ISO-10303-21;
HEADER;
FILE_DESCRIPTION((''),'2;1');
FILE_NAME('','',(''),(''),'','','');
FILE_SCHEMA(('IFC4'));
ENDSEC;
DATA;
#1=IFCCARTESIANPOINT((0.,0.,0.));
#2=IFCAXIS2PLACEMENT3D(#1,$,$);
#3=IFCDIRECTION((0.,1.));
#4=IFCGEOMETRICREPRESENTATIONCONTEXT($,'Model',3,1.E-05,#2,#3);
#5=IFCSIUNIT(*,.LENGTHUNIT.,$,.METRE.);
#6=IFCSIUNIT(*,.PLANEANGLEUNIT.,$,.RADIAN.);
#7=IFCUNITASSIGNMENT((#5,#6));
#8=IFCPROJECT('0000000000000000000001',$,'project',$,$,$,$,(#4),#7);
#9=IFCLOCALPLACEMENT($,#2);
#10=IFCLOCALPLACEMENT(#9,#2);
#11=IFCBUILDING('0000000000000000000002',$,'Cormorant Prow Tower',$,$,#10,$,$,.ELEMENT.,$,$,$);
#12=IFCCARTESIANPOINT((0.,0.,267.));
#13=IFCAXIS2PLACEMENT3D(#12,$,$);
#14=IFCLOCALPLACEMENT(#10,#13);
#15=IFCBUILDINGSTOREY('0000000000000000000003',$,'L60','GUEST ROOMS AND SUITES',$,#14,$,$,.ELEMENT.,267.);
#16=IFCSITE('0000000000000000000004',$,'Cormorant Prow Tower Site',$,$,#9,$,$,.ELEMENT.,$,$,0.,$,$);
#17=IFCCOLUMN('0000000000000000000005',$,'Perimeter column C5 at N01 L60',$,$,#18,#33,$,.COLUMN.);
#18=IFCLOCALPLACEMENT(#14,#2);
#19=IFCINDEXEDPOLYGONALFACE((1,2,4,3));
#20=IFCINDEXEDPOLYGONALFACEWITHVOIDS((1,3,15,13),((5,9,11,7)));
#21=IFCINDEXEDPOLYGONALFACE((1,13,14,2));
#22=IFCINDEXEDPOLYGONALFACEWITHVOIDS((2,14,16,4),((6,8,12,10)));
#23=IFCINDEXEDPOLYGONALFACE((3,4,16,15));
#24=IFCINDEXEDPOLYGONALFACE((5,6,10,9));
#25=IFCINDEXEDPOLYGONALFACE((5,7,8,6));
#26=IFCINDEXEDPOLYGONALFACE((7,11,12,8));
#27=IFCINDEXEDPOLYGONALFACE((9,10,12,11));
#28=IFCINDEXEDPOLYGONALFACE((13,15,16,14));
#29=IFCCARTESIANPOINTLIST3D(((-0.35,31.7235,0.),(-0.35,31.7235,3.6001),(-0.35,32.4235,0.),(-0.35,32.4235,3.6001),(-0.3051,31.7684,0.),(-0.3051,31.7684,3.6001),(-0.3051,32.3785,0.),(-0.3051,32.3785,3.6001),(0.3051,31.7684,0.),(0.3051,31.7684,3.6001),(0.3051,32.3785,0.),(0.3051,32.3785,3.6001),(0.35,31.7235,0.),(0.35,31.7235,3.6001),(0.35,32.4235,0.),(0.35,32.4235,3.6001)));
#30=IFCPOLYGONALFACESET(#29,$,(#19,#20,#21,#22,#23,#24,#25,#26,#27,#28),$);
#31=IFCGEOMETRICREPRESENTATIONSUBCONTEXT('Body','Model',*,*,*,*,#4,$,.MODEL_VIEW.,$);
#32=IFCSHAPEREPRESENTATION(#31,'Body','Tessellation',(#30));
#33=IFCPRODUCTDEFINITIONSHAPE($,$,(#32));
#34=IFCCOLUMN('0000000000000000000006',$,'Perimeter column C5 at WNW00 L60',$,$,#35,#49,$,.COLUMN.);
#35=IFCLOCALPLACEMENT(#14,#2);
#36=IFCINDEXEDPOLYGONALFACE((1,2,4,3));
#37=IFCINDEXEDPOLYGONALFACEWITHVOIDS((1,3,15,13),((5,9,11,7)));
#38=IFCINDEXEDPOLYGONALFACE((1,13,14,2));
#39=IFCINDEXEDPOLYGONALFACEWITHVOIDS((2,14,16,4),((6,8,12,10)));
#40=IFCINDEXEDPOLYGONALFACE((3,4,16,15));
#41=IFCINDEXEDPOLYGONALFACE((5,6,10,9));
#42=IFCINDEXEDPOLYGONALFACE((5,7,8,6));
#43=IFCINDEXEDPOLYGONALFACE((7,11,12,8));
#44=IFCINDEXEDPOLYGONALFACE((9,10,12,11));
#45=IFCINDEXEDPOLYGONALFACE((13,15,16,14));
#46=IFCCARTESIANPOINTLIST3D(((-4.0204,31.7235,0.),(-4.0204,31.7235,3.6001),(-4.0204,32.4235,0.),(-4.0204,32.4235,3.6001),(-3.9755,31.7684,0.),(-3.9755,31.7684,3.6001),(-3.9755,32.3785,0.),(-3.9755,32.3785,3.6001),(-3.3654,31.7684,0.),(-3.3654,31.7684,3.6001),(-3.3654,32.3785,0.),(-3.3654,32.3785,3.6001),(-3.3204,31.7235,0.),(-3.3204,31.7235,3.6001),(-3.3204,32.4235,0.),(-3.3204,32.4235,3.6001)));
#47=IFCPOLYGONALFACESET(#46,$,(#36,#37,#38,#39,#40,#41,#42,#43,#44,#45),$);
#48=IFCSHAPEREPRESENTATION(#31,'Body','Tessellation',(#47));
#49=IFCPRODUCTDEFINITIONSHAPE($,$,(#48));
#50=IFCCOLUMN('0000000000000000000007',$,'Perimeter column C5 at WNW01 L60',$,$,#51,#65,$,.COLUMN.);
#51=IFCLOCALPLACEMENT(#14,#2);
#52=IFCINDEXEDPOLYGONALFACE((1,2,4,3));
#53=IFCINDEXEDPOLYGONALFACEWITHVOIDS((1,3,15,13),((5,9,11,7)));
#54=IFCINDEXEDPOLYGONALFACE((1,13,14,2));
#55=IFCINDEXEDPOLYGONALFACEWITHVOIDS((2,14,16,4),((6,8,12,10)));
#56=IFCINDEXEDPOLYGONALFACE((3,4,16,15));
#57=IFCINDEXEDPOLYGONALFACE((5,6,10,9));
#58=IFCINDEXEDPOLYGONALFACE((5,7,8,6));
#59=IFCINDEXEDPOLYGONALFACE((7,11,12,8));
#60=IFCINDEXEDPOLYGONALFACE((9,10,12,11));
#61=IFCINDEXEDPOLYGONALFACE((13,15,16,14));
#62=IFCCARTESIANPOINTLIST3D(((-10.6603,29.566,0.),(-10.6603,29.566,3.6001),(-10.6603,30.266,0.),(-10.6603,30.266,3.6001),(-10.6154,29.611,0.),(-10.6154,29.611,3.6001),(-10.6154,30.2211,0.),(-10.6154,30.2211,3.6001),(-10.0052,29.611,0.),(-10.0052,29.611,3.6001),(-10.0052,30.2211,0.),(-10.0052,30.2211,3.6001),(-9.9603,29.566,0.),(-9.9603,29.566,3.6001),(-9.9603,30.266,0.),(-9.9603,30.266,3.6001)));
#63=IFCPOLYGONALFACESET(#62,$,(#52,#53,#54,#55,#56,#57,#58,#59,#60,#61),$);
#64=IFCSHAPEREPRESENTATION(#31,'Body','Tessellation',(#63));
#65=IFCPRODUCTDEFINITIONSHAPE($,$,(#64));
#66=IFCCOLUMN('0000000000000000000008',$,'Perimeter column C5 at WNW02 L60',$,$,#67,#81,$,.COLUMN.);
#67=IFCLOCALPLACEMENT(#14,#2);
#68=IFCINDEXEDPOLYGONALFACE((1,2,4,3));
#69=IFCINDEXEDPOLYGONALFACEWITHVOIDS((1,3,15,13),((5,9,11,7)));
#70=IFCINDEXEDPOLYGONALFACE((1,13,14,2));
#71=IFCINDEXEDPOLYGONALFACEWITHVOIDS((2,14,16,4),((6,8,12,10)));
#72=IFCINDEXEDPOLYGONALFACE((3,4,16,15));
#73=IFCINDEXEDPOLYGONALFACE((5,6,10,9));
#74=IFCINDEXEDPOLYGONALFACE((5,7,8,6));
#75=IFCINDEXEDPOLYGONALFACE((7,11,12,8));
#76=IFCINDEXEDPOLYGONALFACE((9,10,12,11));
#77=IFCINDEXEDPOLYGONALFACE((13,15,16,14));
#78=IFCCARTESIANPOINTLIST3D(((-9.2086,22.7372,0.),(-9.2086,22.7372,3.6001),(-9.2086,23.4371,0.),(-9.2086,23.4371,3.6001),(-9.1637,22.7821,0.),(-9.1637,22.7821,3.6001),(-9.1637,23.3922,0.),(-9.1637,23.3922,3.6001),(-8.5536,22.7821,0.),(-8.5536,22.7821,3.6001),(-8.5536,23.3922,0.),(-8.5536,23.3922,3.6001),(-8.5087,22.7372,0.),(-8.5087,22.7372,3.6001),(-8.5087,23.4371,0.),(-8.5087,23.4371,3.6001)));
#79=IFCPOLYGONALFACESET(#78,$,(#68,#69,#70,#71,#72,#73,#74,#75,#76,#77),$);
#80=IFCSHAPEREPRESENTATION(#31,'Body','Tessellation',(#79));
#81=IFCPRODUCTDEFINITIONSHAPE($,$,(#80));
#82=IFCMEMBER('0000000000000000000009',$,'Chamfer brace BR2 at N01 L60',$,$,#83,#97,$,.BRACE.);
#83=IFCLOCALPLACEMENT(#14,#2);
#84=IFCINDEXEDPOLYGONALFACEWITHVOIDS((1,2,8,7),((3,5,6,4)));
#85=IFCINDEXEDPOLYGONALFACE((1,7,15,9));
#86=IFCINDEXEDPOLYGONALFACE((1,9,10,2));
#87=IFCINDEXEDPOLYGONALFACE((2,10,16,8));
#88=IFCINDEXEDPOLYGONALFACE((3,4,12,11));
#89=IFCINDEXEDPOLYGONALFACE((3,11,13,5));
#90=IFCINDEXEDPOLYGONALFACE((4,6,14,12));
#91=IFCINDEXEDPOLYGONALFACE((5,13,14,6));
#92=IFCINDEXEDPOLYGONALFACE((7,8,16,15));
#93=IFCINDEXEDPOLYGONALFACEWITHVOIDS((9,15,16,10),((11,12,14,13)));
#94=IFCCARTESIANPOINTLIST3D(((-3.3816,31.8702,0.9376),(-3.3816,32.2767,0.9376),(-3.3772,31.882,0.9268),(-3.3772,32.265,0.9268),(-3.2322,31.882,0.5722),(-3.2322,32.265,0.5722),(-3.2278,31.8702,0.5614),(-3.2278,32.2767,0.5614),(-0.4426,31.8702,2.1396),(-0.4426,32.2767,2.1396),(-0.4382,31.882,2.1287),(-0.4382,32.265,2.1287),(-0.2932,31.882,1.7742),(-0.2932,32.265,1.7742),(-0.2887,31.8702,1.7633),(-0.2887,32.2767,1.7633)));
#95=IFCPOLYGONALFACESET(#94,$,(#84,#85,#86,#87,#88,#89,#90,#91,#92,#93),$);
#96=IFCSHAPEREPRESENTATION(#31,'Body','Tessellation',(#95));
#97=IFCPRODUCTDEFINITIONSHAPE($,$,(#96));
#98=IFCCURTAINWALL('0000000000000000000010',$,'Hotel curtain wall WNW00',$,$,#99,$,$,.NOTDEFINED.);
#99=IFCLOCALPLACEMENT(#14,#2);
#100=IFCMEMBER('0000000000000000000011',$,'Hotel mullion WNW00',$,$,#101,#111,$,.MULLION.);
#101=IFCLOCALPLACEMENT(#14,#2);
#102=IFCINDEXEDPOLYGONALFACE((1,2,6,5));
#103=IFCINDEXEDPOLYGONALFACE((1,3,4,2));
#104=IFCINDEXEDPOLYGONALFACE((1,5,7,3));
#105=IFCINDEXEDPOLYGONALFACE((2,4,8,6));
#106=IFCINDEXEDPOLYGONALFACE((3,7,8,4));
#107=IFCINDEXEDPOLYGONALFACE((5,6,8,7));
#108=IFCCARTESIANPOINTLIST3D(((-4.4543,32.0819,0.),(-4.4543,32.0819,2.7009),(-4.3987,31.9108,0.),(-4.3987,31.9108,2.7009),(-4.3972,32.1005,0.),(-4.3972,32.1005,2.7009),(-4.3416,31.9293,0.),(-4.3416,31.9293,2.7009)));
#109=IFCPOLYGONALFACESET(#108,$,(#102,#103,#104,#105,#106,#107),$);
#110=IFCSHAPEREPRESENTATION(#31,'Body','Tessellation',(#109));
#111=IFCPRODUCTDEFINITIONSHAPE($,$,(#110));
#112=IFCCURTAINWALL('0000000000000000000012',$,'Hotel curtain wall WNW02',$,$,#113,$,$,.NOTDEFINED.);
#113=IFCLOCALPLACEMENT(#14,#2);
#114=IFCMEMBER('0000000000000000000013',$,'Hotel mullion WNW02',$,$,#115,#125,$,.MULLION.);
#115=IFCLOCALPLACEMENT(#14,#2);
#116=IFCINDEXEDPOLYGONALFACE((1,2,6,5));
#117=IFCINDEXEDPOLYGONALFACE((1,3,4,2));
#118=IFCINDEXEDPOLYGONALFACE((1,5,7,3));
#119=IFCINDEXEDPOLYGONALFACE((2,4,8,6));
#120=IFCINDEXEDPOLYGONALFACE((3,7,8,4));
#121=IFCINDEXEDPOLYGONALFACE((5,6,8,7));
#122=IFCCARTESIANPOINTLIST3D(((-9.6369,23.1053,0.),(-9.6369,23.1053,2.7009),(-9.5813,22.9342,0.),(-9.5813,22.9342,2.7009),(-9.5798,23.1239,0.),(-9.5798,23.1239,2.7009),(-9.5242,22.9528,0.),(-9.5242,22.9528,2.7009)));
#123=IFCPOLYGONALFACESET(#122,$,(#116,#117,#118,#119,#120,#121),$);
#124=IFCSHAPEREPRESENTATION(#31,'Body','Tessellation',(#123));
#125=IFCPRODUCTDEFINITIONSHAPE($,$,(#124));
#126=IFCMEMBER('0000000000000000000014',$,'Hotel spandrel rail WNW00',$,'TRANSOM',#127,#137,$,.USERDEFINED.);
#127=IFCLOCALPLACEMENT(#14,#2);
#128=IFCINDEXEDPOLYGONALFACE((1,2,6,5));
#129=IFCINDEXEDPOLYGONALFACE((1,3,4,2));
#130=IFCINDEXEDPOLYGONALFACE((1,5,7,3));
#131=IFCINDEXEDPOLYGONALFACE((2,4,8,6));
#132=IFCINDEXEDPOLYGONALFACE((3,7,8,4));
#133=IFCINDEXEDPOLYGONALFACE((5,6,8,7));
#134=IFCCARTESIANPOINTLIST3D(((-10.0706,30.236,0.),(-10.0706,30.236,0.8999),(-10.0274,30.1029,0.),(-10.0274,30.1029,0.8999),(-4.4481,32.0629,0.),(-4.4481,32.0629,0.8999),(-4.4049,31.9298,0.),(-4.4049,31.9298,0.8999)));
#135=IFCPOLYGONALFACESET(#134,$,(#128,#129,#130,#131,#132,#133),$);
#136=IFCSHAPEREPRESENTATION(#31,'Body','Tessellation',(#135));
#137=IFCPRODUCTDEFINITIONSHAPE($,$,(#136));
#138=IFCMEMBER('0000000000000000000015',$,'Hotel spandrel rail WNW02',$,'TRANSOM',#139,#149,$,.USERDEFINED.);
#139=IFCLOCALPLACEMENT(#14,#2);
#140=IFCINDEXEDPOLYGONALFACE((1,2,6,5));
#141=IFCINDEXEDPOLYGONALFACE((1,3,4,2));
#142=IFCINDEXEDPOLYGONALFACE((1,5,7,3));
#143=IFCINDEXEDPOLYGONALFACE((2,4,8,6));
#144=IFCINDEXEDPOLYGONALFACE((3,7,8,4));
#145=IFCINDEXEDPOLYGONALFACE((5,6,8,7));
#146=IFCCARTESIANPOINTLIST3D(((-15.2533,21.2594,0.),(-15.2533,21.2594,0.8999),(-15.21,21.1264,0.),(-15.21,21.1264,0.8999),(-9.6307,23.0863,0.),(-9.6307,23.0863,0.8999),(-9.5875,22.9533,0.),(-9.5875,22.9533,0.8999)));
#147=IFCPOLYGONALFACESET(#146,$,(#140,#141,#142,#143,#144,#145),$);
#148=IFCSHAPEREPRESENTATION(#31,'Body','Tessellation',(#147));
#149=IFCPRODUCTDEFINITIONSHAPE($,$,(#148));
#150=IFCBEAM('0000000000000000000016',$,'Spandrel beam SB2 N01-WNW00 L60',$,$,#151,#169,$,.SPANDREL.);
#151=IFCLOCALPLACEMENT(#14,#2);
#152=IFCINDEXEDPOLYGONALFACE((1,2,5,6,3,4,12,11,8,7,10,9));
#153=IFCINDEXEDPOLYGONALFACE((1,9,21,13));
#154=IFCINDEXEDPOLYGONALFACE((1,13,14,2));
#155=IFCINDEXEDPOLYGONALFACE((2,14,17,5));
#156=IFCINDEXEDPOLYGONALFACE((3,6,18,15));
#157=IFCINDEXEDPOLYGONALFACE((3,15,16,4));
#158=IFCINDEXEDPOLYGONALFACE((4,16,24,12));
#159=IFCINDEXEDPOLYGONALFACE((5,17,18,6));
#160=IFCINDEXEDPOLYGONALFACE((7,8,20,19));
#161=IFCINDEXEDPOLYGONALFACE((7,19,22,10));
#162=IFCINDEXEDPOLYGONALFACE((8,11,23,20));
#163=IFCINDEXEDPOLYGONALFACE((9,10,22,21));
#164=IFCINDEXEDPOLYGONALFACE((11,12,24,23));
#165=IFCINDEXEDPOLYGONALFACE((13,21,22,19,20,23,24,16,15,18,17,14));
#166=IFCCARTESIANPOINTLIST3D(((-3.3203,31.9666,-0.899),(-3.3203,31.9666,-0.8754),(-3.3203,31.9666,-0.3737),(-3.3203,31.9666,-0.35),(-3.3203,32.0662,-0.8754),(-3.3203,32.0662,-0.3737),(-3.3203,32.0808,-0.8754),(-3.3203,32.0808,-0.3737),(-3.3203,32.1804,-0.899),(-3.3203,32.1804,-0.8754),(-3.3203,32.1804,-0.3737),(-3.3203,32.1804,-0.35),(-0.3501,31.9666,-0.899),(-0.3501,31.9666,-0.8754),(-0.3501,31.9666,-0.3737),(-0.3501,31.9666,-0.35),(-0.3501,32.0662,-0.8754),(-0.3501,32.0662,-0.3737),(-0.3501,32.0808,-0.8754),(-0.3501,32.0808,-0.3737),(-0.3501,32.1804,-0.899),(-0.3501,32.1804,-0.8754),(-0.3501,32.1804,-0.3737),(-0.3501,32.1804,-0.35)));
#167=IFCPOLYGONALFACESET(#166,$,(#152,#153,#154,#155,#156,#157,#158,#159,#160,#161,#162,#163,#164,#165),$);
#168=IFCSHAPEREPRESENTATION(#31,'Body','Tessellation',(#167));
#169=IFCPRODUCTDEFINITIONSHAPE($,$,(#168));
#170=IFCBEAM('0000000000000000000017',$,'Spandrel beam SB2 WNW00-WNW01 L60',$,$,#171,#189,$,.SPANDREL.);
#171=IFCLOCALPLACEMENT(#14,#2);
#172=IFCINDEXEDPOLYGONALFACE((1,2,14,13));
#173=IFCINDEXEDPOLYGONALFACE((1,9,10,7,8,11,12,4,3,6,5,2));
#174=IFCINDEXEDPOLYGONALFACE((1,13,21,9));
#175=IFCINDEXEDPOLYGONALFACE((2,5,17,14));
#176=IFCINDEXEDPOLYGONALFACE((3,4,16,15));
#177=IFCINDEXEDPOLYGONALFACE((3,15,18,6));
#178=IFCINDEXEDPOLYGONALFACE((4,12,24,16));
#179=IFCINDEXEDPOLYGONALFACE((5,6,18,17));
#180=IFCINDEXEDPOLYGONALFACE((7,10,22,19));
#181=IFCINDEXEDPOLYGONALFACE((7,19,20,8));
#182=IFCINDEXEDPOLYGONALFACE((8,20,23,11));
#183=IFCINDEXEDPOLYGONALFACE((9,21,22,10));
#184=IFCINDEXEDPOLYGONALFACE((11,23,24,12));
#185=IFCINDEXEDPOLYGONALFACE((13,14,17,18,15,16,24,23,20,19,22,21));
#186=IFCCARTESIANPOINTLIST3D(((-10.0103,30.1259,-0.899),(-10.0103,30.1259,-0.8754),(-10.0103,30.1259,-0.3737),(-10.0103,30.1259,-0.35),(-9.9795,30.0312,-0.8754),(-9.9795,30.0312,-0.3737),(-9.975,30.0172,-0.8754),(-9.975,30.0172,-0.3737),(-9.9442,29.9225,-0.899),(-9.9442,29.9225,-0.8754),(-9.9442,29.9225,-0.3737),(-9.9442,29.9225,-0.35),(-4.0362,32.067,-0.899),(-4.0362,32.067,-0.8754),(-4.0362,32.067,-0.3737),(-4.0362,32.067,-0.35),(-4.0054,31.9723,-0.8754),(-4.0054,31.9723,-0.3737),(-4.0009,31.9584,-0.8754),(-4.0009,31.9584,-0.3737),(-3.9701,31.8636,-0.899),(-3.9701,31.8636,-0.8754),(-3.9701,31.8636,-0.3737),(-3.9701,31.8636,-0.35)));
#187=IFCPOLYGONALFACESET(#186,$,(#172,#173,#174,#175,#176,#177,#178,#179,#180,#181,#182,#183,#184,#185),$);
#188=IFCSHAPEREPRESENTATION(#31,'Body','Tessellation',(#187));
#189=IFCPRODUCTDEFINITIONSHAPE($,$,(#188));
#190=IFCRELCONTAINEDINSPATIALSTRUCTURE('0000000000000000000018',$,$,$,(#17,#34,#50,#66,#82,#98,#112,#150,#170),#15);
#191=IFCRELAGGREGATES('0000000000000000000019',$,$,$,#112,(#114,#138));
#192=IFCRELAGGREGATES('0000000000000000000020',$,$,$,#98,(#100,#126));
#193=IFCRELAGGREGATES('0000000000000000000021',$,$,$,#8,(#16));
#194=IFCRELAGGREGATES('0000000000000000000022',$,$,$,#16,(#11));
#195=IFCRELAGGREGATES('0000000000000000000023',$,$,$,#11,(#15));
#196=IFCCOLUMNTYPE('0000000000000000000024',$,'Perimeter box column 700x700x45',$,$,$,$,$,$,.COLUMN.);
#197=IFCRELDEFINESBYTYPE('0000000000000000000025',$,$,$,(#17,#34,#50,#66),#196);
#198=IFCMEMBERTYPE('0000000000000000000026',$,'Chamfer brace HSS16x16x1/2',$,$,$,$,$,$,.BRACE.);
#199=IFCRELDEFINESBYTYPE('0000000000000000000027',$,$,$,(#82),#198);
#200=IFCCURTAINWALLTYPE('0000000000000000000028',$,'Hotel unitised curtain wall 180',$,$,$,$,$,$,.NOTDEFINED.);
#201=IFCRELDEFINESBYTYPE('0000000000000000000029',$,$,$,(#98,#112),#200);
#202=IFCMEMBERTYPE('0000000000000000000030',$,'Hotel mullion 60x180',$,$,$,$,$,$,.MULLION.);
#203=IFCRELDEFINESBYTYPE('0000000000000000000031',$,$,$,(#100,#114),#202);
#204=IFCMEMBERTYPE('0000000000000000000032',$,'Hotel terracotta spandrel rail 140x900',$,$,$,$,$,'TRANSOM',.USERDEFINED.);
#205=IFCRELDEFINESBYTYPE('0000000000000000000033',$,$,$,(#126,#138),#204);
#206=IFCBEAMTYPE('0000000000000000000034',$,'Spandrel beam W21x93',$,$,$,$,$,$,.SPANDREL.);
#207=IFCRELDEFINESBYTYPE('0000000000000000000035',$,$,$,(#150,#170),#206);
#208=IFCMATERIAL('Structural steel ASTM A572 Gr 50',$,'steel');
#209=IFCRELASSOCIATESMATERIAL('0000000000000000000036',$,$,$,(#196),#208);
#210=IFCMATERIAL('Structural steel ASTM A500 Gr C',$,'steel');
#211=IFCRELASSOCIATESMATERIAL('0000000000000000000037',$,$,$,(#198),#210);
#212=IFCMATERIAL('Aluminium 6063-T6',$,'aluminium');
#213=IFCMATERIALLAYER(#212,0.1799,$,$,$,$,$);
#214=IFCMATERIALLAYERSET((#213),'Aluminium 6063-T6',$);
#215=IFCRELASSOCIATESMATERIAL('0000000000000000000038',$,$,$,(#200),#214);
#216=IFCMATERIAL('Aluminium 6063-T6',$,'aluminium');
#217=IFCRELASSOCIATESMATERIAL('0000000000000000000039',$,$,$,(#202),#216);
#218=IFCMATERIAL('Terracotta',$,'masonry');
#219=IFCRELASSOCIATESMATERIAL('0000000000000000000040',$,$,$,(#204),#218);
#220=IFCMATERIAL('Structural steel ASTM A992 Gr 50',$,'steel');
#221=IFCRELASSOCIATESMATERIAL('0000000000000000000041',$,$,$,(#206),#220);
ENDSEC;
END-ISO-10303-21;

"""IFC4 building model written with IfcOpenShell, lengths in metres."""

from ifc_helpers import new_model, si_unit, direction, frame, origin, origin_2d, place, context, subcontext, project, spatial, rectangle, hollow_rectangle, i_section, extrude, material, layer, layer_set, material_profile, profile_set, type_object, element, aggregate, save


model = new_model("IFC4")

# Units and contexts
model_context = context("Model", 3, precision=1e-05, world=origin(), true_north=direction((0.0, 1.0)))
body_context = subcontext(model_context, "Body", "Model", "MODEL_VIEW")
ifc_project = project(units=[si_unit("LENGTHUNIT", "METRE"), si_unit("PLANEANGLEUNIT", "RADIAN")], contexts=[model_context])

# Site, building, storey
site_placement = place(None, origin())
site = spatial("IfcSite", under=ifc_project, at=site_placement, Name="Cormorant Prow Tower Site", CompositionType="ELEMENT", RefElevation=0.0)
building_placement = place(site_placement, origin())
building = spatial("IfcBuilding", under=site, at=building_placement, Name="Cormorant Prow Tower", CompositionType="ELEMENT")
storey_placement = place(building_placement, frame((0.0, 0.0, 267.0)))
storey = spatial("IfcBuildingStorey", under=building, at=storey_placement, Name="L60", Description="GUEST ROOMS AND SUITES", CompositionType="ELEMENT", Elevation=267.0)

# Columns
ifc_material_1 = material(Name="Structural steel ASTM A572 Gr 50", Category="steel")
ifc_material_profile_1 = material_profile(ifc_material_1, hollow_rectangle(XDim=0.7, YDim=0.7, WallThickness=0.0449, at=origin_2d()), Name="Box 700x700x45")
ifc_profile_set_1 = profile_set([ifc_material_profile_1], Name="Structural steel ASTM A572 Gr 50")
column_type = type_object("IfcColumnType", Name="Perimeter box column 700x700x45", PredefinedType="COLUMN", material=ifc_profile_set_1)
for number, where, z_axis, x_axis, name in (
    (1, (0.0, 32.0735, 0.0), (0.0, 0.0, 1.0), (1.0, 0.0, 0.0), "Perimeter column C5 at N01 L60"),
    (2, (-3.6704, 32.0735, 0.0), (0.0, 0.0, 1.0), (1.0, 0.0, 0.0), "Perimeter column C5 at WNW00 L60"),
    (3, (-10.3103, 29.916, 0.0), (0.0, 0.0, 1.0), (1.0, 0.0, 0.0), "Perimeter column C5 at WNW01 L60"),
    (4, (-8.8586, 23.0872, 0.0), (0.0, 0.0, 1.0), (1.0, 0.0, 0.0), "Perimeter column C5 at WNW02 L60"),
):
    element("IfcColumn", number, at=place(storey_placement, frame(where, z_axis=z_axis, x_axis=x_axis)), inside=storey, type_object=column_type, Name=name, PredefinedType="COLUMN", context=body_context, shape_type="SweptSolid", body=[
        extrude(hollow_rectangle(XDim=0.7, YDim=0.7, WallThickness=0.0449, at=origin_2d()), origin(), (0.0, 0.0, 1.0), 3.6001),
    ])

# Member
ifc_material_2 = material(Name="Structural steel ASTM A500 Gr C", Category="steel")
ifc_material_profile_2 = material_profile(ifc_material_2, hollow_rectangle(XDim=0.4065, YDim=0.4065, WallThickness=0.0117, at=origin_2d()), Name="HSS16x16x1/2")
ifc_profile_set_2 = profile_set([ifc_material_profile_2], Name="Structural steel ASTM A500 Gr C")
member_type_1 = type_object("IfcMemberType", Name="Chamfer brace HSS16x16x1/2", PredefinedType="BRACE", material=ifc_profile_set_2)
member_1_placement = place(storey_placement, frame((-3.3047, 32.0735, 0.7495), z_axis=(0.925591, 0.0, 0.378525), x_axis=(0.0, 1.0, 0.0)))
element("IfcMember", 5, at=member_1_placement, inside=storey, type_object=member_type_1, Name="Chamfer brace BR2 at N01 L60", PredefinedType="BRACE", context=body_context, shape_type="SweptSolid", body=[
    extrude(hollow_rectangle(XDim=0.4065, YDim=0.4065, WallThickness=0.0117, at=origin_2d()), origin(), (0.0, 0.0, 1.0), 3.1753),
])

# Curtain walls, members
ifc_material_3 = material(Name="Aluminium 6063-T6", Category="aluminium")
ifc_layer_1 = layer(ifc_material_3, 0.1799)
ifc_layer_set_1 = layer_set([ifc_layer_1], Name="Aluminium 6063-T6")
curtain_wall_type = type_object("IfcCurtainWallType", Name="Hotel unitised curtain wall 180", PredefinedType="NOTDEFINED", material=ifc_layer_set_1)
curtain_wall_1_placement = place(storey_placement, origin())
curtain_wall_1 = element("IfcCurtainWall", 6, at=curtain_wall_1_placement, inside=storey, type_object=curtain_wall_type, Name="Hotel curtain wall WNW00", PredefinedType="NOTDEFINED")
ifc_material_4 = material(Name="Aluminium 6063-T6", Category="aluminium")
ifc_material_profile_3 = material_profile(ifc_material_4, rectangle(XDim=0.1799, YDim=0.0601, at=origin_2d()), Name="Hotel mullion 60x180")
ifc_profile_set_3 = profile_set([ifc_material_profile_3], Name="Aluminium 6063-T6")
member_type_2 = type_object("IfcMemberType", Name="Hotel mullion 60x180", PredefinedType="MULLION", material=ifc_profile_set_3)
member_2_placement = place(storey_placement, frame((-4.3979, 32.0056, 0.0), z_axis=(0.0, 0.0, 1.0), x_axis=(0.309017, -0.951057, 0.0)))
member_2 = element("IfcMember", 7, at=member_2_placement, type_object=member_type_2, Name="Hotel mullion WNW00", PredefinedType="MULLION", context=body_context, shape_type="SweptSolid", body=[
    extrude(rectangle(XDim=0.1799, YDim=0.0601, at=origin_2d()), origin(), (0.0, 0.0, 1.0), 2.7009),
])
curtain_wall_2_placement = place(storey_placement, origin())
curtain_wall_2 = element("IfcCurtainWall", 8, at=curtain_wall_2_placement, inside=storey, type_object=curtain_wall_type, Name="Hotel curtain wall WNW02", PredefinedType="NOTDEFINED")
member_3_placement = place(storey_placement, frame((-9.5806, 23.0291, 0.0), z_axis=(0.0, 0.0, 1.0), x_axis=(0.309017, -0.951057, 0.0)))
member_3 = element("IfcMember", 9, at=member_3_placement, type_object=member_type_2, Name="Hotel mullion WNW02", PredefinedType="MULLION", context=body_context, shape_type="SweptSolid", body=[
    extrude(rectangle(XDim=0.1799, YDim=0.0601, at=origin_2d()), origin(), (0.0, 0.0, 1.0), 2.7009),
])

# Members
ifc_material_5 = material(Name="Terracotta", Category="masonry")
ifc_material_profile_4 = material_profile(ifc_material_5, rectangle(XDim=0.1399, YDim=0.8999, at=origin_2d()), Name="Hotel terracotta spandrel rail 140x900")
ifc_profile_set_4 = profile_set([ifc_material_profile_4], Name="Terracotta")
member_type_3 = type_object("IfcMemberType", Name="Hotel terracotta spandrel rail 140x900", ElementType="TRANSOM", PredefinedType="USERDEFINED", material=ifc_profile_set_4)
member_4_placement = place(storey_placement, frame((-4.4265, 31.9963, 0.45), z_axis=(-0.951055, -0.309021, 0.0), x_axis=(0.309021, -0.951055, 0.0)))
member_4 = element("IfcMember", 10, at=member_4_placement, type_object=member_type_3, Name="Hotel spandrel rail WNW00", ObjectType="TRANSOM", PredefinedType="USERDEFINED", context=body_context, shape_type="SweptSolid", body=[
    extrude(rectangle(XDim=0.1399, YDim=0.8999, at=origin_2d()), origin(), (0.0, 0.0, 1.0), 5.9119),
])
member_5_placement = place(storey_placement, frame((-9.6091, 23.0198, 0.45), z_axis=(-0.951055, -0.309021, 0.0), x_axis=(0.309021, -0.951055, 0.0)))
member_5 = element("IfcMember", 11, at=member_5_placement, type_object=member_type_3, Name="Hotel spandrel rail WNW02", ObjectType="TRANSOM", PredefinedType="USERDEFINED", context=body_context, shape_type="SweptSolid", body=[
    extrude(rectangle(XDim=0.1399, YDim=0.8999, at=origin_2d()), origin(), (0.0, 0.0, 1.0), 5.9119),
])
aggregate(curtain_wall_2, [member_3, member_5])

# Beams
ifc_material_6 = material(Name="Structural steel ASTM A992 Gr 50", Category="steel")
ifc_material_profile_5 = material_profile(ifc_material_6, i_section(OverallWidth=0.2139, OverallDepth=0.5491, WebThickness=0.0146, FlangeThickness=0.0237, at=origin_2d()), Name="W21x93")
ifc_profile_set_5 = profile_set([ifc_material_profile_5], Name="Structural steel ASTM A992 Gr 50")
beam_type = type_object("IfcBeamType", Name="Spandrel beam W21x93", PredefinedType="SPANDREL", material=ifc_profile_set_5)
beam_placement = place(storey_placement, frame((-0.3501, 32.0735, -0.6245), z_axis=(-1.0, 0.0, 0.0), x_axis=(0.0, -1.0, 0.0)))
element("IfcBeam", 12, at=beam_placement, inside=storey, type_object=beam_type, Name="Spandrel beam SB2 N01-WNW00 L60", PredefinedType="SPANDREL", context=body_context, shape_type="SweptSolid", body=[
    extrude(i_section(OverallWidth=0.2139, OverallDepth=0.5491, WebThickness=0.0146, FlangeThickness=0.0237, at=origin_2d()), origin(), (0.0, 0.0, 1.0), 2.9702),
])
for number, where, z_axis, x_axis, name in (
    (13, (-4.0032, 31.9653, -0.6245), (-0.951054, -0.309025, 0.0), (0.309025, -0.951054, 0.0), "Spandrel beam SB2 WNW00-WNW01 L60"),
):
    element("IfcBeam", number, at=place(storey_placement, frame(where, z_axis=z_axis, x_axis=x_axis)), inside=storey, type_object=beam_type, Name=name, PredefinedType="SPANDREL", context=body_context, shape_type="SweptSolid", body=[
        extrude(i_section(OverallWidth=0.2139, OverallDepth=0.5491, WebThickness=0.0146, FlangeThickness=0.0237, at=origin_2d()), origin(), (0.0, 0.0, 1.0), 6.2815),
    ])

aggregate(curtain_wall_1, [member_2, member_4])

save(model, "model.ifc")
